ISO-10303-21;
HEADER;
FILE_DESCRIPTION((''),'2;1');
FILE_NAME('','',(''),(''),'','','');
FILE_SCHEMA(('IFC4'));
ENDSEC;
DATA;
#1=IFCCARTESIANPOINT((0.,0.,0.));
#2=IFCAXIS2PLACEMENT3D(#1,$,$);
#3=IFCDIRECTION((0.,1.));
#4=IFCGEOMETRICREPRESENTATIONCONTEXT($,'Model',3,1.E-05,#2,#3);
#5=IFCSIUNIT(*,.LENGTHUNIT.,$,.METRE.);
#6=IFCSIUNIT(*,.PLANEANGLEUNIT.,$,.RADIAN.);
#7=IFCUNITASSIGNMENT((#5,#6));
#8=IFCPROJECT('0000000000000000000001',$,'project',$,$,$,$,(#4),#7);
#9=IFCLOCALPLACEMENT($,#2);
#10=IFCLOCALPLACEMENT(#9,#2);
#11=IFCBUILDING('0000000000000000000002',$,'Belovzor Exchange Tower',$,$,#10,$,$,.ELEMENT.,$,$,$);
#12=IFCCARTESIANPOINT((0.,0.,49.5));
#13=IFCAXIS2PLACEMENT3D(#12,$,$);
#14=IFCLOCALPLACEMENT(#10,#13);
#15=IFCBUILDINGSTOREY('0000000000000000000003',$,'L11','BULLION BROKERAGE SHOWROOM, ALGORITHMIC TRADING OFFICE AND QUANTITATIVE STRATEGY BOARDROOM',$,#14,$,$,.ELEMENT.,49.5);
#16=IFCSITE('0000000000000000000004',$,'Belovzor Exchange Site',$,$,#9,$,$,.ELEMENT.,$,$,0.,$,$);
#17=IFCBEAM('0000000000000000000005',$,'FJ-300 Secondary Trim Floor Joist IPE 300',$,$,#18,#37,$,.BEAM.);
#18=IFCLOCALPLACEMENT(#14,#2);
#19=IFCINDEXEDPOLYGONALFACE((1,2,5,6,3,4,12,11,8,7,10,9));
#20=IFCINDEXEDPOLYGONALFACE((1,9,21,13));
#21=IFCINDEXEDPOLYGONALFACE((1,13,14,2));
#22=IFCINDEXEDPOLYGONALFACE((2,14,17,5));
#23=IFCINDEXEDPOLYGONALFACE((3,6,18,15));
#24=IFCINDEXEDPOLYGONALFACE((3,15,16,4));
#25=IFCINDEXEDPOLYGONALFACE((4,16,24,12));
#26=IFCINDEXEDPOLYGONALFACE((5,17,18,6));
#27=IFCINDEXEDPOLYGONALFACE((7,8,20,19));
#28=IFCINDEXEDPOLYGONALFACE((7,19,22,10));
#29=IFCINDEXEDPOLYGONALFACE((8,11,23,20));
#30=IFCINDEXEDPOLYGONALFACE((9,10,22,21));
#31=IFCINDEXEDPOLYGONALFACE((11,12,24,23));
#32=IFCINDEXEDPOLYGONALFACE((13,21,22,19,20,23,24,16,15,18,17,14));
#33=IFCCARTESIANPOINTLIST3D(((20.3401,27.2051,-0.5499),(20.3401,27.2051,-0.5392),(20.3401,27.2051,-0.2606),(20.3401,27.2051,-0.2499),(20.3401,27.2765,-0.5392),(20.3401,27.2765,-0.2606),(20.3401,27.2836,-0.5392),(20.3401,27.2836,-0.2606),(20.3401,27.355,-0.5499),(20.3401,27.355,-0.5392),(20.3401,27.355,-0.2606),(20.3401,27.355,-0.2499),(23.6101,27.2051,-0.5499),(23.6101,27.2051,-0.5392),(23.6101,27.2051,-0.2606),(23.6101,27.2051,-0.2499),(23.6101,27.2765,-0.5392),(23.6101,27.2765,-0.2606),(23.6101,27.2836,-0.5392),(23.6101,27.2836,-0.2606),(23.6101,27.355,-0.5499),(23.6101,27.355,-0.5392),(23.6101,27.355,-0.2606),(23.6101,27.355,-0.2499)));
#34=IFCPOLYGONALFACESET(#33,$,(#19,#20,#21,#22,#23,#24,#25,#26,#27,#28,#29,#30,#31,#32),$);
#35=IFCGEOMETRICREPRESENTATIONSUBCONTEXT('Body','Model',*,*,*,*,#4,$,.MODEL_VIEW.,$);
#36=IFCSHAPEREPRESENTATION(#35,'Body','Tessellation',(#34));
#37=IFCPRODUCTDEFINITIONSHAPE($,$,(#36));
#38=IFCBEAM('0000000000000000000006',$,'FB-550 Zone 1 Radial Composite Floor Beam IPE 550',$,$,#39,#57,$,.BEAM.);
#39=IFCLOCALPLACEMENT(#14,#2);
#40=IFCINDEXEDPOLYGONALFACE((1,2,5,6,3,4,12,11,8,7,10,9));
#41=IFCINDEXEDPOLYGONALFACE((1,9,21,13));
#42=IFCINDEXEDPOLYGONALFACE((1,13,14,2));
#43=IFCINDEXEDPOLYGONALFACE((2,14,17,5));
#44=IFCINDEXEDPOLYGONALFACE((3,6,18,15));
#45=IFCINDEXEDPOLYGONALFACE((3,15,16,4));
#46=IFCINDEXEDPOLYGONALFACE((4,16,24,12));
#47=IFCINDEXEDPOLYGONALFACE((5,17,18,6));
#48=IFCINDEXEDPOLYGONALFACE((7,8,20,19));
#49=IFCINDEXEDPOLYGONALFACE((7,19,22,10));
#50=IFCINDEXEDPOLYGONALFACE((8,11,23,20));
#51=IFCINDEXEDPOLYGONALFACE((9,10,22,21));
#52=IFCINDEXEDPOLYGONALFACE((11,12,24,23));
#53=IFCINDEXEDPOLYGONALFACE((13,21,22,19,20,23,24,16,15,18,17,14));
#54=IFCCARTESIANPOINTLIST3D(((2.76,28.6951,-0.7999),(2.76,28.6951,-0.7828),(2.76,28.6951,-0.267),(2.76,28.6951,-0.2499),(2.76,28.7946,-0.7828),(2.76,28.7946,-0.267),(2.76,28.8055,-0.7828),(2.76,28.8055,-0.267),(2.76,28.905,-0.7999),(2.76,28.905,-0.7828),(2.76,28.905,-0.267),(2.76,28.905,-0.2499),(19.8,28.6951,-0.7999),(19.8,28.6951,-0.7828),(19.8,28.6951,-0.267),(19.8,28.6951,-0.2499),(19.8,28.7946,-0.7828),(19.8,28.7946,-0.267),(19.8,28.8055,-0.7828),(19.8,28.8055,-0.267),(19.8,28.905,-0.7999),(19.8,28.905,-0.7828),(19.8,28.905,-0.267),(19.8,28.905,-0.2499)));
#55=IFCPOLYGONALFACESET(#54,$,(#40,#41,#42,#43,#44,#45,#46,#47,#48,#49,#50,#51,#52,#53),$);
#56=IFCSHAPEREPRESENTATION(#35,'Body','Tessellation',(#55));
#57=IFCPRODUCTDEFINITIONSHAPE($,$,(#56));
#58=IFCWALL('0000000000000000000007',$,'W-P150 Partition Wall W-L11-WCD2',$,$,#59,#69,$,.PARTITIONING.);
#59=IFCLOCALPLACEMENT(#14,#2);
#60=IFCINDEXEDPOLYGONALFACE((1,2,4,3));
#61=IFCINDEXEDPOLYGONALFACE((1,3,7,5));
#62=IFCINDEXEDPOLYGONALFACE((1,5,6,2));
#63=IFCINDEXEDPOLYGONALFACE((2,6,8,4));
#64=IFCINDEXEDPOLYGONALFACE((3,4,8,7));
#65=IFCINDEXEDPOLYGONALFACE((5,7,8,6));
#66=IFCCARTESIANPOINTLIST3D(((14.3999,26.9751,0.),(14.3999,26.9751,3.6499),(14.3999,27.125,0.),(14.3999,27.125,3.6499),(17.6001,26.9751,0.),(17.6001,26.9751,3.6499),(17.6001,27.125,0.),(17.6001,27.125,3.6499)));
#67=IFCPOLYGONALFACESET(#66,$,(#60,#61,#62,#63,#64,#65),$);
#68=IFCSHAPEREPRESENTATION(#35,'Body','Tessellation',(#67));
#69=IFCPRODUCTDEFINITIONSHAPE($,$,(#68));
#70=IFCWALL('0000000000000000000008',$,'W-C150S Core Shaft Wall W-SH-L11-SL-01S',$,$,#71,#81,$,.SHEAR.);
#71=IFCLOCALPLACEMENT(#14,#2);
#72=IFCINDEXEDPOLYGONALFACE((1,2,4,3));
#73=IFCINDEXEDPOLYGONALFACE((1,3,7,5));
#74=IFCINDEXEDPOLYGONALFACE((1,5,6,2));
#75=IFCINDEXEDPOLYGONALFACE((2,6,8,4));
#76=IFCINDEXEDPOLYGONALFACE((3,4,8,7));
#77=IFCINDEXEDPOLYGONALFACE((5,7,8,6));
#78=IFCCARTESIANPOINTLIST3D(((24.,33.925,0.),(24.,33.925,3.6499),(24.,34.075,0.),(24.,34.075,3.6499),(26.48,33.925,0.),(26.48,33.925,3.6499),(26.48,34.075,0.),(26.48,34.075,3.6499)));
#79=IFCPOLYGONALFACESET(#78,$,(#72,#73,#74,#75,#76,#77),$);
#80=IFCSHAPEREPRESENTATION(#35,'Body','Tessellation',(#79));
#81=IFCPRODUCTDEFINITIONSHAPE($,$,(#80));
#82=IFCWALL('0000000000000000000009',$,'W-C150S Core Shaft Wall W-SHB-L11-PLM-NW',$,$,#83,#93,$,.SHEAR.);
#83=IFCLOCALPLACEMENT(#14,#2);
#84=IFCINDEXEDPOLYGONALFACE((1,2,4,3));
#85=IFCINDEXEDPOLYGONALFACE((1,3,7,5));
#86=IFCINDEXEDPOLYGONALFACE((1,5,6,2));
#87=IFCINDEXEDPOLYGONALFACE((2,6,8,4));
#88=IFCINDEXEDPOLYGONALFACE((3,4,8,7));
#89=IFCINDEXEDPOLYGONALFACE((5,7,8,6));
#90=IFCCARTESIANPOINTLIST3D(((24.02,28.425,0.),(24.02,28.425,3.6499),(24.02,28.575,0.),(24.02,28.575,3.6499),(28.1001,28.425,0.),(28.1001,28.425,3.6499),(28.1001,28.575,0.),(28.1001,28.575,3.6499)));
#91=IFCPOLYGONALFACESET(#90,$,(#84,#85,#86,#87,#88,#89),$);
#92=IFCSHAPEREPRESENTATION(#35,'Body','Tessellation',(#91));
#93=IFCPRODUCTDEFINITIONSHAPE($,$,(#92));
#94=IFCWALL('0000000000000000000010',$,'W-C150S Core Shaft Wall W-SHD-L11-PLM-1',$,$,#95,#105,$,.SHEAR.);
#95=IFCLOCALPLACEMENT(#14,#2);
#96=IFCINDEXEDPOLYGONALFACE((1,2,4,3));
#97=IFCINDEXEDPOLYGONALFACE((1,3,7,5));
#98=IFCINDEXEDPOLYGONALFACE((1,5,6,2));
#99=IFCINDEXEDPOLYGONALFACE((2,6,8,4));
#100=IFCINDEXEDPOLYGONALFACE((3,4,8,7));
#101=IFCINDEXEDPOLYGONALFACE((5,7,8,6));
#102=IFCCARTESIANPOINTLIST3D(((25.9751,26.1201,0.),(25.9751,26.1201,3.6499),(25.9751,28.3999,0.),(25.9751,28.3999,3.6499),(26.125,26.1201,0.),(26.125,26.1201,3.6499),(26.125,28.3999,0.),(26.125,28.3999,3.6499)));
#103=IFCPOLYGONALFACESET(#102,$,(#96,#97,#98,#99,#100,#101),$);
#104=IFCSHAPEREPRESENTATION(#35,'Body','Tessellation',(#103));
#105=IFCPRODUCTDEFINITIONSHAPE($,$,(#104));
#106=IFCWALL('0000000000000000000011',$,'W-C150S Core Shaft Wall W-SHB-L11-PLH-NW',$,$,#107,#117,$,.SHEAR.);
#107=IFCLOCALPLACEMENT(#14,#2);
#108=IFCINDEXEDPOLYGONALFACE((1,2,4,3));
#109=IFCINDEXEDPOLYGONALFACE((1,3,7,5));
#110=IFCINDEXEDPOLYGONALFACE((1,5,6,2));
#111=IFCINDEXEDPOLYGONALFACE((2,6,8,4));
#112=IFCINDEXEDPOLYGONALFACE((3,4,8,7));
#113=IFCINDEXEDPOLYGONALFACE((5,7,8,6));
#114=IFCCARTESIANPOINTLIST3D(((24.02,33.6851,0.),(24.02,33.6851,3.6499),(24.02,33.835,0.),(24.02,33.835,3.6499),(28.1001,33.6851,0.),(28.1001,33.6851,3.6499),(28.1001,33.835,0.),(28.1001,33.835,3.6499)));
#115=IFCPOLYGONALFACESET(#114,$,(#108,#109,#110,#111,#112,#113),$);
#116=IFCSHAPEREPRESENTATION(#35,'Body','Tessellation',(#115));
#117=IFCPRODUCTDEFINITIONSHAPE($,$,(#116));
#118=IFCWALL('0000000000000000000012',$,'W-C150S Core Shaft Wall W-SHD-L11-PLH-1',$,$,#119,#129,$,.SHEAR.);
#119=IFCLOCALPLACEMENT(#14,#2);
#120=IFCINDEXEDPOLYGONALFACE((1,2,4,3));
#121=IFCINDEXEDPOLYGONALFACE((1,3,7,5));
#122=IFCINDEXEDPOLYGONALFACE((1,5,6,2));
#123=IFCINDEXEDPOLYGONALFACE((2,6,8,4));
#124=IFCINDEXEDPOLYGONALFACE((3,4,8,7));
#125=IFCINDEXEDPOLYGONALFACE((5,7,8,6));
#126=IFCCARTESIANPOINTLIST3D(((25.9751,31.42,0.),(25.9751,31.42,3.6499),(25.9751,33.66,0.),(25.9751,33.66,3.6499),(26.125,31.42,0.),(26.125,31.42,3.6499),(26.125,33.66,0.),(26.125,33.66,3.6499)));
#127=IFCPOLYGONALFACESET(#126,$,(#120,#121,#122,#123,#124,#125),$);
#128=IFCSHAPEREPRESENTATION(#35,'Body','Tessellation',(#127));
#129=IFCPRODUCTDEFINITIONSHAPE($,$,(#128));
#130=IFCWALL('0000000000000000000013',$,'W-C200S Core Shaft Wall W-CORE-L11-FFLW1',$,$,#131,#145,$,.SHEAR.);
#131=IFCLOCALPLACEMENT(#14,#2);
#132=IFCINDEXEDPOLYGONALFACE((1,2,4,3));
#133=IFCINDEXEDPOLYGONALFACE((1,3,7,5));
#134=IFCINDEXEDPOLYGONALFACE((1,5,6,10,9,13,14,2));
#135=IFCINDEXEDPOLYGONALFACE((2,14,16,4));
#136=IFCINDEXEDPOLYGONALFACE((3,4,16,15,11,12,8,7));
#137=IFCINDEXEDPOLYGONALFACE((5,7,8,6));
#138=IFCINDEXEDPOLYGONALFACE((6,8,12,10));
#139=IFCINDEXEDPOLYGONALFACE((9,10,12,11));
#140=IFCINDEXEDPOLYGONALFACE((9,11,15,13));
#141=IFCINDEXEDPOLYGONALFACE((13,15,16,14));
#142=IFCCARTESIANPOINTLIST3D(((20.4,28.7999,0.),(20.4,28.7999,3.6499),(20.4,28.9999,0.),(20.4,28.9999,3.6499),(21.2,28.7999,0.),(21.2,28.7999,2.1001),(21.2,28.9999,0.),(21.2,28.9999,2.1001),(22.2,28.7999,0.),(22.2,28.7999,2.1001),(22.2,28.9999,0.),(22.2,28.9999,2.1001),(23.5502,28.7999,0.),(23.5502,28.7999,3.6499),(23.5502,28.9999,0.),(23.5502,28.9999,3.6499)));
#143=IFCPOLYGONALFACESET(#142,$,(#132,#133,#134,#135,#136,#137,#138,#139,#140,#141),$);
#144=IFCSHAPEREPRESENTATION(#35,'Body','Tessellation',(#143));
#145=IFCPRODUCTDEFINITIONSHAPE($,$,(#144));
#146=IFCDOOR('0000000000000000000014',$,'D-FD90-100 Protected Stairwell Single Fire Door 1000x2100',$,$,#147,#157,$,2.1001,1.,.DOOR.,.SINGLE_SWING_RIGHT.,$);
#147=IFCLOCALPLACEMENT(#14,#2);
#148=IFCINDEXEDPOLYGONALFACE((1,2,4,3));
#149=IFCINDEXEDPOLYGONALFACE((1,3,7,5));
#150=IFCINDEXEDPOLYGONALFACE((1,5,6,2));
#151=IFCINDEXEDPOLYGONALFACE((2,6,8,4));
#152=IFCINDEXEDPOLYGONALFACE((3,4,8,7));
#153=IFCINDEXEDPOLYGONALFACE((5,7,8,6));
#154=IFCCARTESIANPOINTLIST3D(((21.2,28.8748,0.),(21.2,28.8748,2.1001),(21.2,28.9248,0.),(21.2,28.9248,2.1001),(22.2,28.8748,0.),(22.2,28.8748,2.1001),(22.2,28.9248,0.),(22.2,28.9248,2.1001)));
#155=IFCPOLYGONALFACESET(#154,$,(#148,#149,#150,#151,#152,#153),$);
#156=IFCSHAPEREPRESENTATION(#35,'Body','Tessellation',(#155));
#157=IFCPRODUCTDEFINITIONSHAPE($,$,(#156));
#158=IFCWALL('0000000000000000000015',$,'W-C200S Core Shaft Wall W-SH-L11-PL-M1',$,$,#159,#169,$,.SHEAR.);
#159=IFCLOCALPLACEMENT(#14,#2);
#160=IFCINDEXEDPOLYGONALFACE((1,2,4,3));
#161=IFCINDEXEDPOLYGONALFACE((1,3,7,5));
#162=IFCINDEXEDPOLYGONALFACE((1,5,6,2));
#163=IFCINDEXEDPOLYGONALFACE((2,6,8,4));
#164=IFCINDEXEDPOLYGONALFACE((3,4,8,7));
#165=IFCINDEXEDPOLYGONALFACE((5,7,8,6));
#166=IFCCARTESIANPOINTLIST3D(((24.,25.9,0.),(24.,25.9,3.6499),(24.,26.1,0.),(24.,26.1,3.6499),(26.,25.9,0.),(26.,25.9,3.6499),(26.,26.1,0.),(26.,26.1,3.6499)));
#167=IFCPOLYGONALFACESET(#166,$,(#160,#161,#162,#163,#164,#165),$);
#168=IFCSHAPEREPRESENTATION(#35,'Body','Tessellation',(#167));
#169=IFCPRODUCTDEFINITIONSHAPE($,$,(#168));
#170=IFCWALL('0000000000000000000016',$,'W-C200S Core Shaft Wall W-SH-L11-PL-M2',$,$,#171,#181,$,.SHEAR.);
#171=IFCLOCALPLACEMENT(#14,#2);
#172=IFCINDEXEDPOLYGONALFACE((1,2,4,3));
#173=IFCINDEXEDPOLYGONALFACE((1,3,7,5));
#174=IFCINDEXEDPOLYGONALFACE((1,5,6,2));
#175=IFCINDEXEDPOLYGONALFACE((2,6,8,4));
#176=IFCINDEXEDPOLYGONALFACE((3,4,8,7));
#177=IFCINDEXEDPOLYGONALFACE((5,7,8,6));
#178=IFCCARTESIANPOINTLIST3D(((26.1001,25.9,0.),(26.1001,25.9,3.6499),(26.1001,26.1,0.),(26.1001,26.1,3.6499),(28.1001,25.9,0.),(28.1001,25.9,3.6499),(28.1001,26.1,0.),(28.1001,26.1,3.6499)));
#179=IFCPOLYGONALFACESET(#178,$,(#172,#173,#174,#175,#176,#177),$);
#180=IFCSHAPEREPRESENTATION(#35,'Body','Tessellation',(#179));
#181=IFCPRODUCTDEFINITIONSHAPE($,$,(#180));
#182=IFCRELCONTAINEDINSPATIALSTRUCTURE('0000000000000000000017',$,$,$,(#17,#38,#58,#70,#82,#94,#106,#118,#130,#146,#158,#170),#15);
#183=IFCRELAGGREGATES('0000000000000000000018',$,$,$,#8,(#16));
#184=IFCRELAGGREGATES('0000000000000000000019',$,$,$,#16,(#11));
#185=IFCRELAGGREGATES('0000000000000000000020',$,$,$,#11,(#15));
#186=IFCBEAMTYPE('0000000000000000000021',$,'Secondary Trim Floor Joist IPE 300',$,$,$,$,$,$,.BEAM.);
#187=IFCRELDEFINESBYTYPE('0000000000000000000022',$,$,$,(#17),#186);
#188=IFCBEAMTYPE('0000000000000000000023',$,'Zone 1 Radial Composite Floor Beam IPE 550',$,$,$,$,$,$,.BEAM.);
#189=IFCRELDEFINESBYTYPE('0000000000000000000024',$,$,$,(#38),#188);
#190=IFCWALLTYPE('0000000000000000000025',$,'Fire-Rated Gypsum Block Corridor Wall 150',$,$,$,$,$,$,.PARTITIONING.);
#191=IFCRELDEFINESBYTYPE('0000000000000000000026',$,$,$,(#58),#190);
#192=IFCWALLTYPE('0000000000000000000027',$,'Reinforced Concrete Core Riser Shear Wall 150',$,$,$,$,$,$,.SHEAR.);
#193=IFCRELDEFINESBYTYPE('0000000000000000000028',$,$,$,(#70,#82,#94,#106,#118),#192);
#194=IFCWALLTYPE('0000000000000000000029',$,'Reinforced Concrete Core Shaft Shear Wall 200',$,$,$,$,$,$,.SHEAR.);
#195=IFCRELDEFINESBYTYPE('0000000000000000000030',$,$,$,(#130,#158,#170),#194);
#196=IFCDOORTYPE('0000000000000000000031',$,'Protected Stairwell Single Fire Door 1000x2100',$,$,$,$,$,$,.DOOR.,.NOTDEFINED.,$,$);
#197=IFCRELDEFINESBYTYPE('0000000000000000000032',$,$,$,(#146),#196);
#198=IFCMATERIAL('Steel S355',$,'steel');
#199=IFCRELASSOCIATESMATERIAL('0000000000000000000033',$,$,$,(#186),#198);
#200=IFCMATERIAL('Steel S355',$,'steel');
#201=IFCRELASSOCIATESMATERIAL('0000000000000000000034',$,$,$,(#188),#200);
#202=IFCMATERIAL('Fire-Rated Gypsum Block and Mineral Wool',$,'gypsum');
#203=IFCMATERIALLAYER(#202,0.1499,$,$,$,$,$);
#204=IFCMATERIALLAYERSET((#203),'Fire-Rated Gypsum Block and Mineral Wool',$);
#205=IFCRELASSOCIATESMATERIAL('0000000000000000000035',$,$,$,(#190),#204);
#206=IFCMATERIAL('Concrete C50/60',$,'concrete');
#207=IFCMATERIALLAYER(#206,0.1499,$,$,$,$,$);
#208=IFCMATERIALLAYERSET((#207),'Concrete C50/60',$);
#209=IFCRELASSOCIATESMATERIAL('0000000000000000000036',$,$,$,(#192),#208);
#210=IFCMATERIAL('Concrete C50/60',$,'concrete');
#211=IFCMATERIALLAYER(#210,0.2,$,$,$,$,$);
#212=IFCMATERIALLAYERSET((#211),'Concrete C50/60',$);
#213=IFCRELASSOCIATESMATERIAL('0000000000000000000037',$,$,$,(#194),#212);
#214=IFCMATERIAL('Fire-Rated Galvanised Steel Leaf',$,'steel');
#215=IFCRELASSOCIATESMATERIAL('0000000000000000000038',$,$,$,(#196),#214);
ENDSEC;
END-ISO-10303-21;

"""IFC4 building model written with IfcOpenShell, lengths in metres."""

from ifc_helpers import new_model, si_unit, direction, frame, frame_2d, origin, origin_2d, place, context, subcontext, project, spatial, rectangle, i_section, extrude, material, layer, layer_set, material_profile, profile_set, type_object, element, fill, save


model = new_model("IFC4")

# Units and contexts
model_context = context("Model", 3, precision=1e-05, world=origin(), true_north=direction((0.0, 1.0)))
body_context = subcontext(model_context, "Body", "Model", "MODEL_VIEW")
ifc_project = project(units=[si_unit("LENGTHUNIT", "METRE"), si_unit("PLANEANGLEUNIT", "RADIAN")], contexts=[model_context])

# Site, building, storey
site_placement = place(None, origin())
site = spatial("IfcSite", under=ifc_project, at=site_placement, Name="Belovzor Exchange Site", CompositionType="ELEMENT", RefElevation=0.0)
building_placement = place(site_placement, origin())
building = spatial("IfcBuilding", under=site, at=building_placement, Name="Belovzor Exchange Tower", CompositionType="ELEMENT")
storey_placement = place(building_placement, frame((0.0, 0.0, 49.5)))
storey = spatial("IfcBuildingStorey", under=building, at=storey_placement, Name="L11", Description="BULLION BROKERAGE SHOWROOM, ALGORITHMIC TRADING OFFICE AND QUANTITATIVE STRATEGY BOARDROOM", CompositionType="ELEMENT", Elevation=49.5)

# Beams
ifc_material_1 = material(Name="Steel S355", Category="steel")
ifc_material_profile_1 = material_profile(ifc_material_1, i_section(OverallWidth=0.1499, OverallDepth=0.3, WebThickness=0.0071, FlangeThickness=0.0107, at=origin_2d()))
ifc_profile_set_1 = profile_set([ifc_material_profile_1], Name="Steel S355")
beam_type_1 = type_object("IfcBeamType", Name="Secondary Trim Floor Joist IPE 300", PredefinedType="BEAM", material=ifc_profile_set_1)
beam_1_placement = place(storey_placement, frame((20.3401, 27.28, -0.3999), z_axis=(1.0, 0.0, 0.0), x_axis=(0.0, 1.0, 0.0)))
element("IfcBeam", 1, at=beam_1_placement, inside=storey, type_object=beam_type_1, Name="FJ-300 Secondary Trim Floor Joist IPE 300", PredefinedType="BEAM", context=body_context, shape_type="SweptSolid", body=[
    extrude(i_section(OverallWidth=0.1499, OverallDepth=0.3, WebThickness=0.0071, FlangeThickness=0.0107, at=origin_2d()), origin(), (0.0, 0.0, 1.0), 3.27),
])
ifc_material_2 = material(Name="Steel S355", Category="steel")
ifc_material_profile_2 = material_profile(ifc_material_2, i_section(OverallWidth=0.21, OverallDepth=0.55, WebThickness=0.011, FlangeThickness=0.0171, at=origin_2d()))
ifc_profile_set_2 = profile_set([ifc_material_profile_2], Name="Steel S355")
beam_type_2 = type_object("IfcBeamType", Name="Zone 1 Radial Composite Floor Beam IPE 550", PredefinedType="BEAM", material=ifc_profile_set_2)
beam_2_placement = place(storey_placement, frame((19.8, 28.8, -0.5249), z_axis=(-1.0, 0.0, 0.0), x_axis=(0.0, -1.0, 0.0)))
element("IfcBeam", 2, at=beam_2_placement, inside=storey, type_object=beam_type_2, Name="FB-550 Zone 1 Radial Composite Floor Beam IPE 550", PredefinedType="BEAM", context=body_context, shape_type="SweptSolid", body=[
    extrude(i_section(OverallWidth=0.21, OverallDepth=0.55, WebThickness=0.011, FlangeThickness=0.0171, at=origin_2d()), origin(), (0.0, 0.0, 1.0), 17.04),
])

# Walls
ifc_material_3 = material(Name="Fire-Rated Gypsum Block and Mineral Wool", Category="gypsum")
ifc_layer_1 = layer(ifc_material_3, 0.1499)
ifc_layer_set_1 = layer_set([ifc_layer_1], Name="Fire-Rated Gypsum Block and Mineral Wool")
wall_type_1 = type_object("IfcWallType", Name="Fire-Rated Gypsum Block Corridor Wall 150", PredefinedType="PARTITIONING", material=ifc_layer_set_1)
wall_1_placement = place(storey_placement, frame((14.3999, 27.05, 0.0), z_axis=(0.0, 0.0, 1.0), x_axis=(1.0, 0.0, 0.0)))
element("IfcWall", 3, at=wall_1_placement, inside=storey, type_object=wall_type_1, Name="W-P150 Partition Wall W-L11-WCD2", PredefinedType="PARTITIONING", context=body_context, shape_type="SweptSolid", body=[
    extrude(rectangle(XDim=3.2002, YDim=0.1499, at=frame_2d((1.6001, 0.0))), origin(), (0.0, 0.0, 1.0), 3.6499),
])
ifc_material_4 = material(Name="Concrete C50/60", Category="concrete")
ifc_layer_2 = layer(ifc_material_4, 0.1499)
ifc_layer_set_2 = layer_set([ifc_layer_2], Name="Concrete C50/60")
wall_type_2 = type_object("IfcWallType", Name="Reinforced Concrete Core Riser Shear Wall 150", PredefinedType="SHEAR", material=ifc_layer_set_2)
wall_2_placement = place(storey_placement, frame((24.0, 34.0, 0.0), z_axis=(0.0, 0.0, 1.0), x_axis=(1.0, 0.0, 0.0)))
element("IfcWall", 4, at=wall_2_placement, inside=storey, type_object=wall_type_2, Name="W-C150S Core Shaft Wall W-SH-L11-SL-01S", PredefinedType="SHEAR", context=body_context, shape_type="SweptSolid", body=[
    extrude(rectangle(XDim=2.48, YDim=0.1499, at=frame_2d((1.24, 0.0))), origin(), (0.0, 0.0, 1.0), 3.6499),
])
wall_3_placement = place(storey_placement, frame((24.02, 28.5, 0.0), z_axis=(0.0, 0.0, 1.0), x_axis=(1.0, 0.0, 0.0)))
element("IfcWall", 5, at=wall_3_placement, inside=storey, type_object=wall_type_2, Name="W-C150S Core Shaft Wall W-SHB-L11-PLM-NW", PredefinedType="SHEAR", context=body_context, shape_type="SweptSolid", body=[
    extrude(rectangle(XDim=4.0801, YDim=0.1499, at=frame_2d((2.04, 0.0))), origin(), (0.0, 0.0, 1.0), 3.6499),
])
wall_4_placement = place(storey_placement, frame((26.05, 26.1201, 0.0), z_axis=(0.0, 0.0, 1.0), x_axis=(0.0, 1.0, 0.0)))
element("IfcWall", 6, at=wall_4_placement, inside=storey, type_object=wall_type_2, Name="W-C150S Core Shaft Wall W-SHD-L11-PLM-1", PredefinedType="SHEAR", context=body_context, shape_type="SweptSolid", body=[
    extrude(rectangle(XDim=2.2798, YDim=0.1499, at=frame_2d((1.1399, 0.0))), origin(), (0.0, 0.0, 1.0), 3.6499),
])
wall_5_placement = place(storey_placement, frame((24.02, 33.76, 0.0), z_axis=(0.0, 0.0, 1.0), x_axis=(1.0, 0.0, 0.0)))
element("IfcWall", 7, at=wall_5_placement, inside=storey, type_object=wall_type_2, Name="W-C150S Core Shaft Wall W-SHB-L11-PLH-NW", PredefinedType="SHEAR", context=body_context, shape_type="SweptSolid", body=[
    extrude(rectangle(XDim=4.0801, YDim=0.1499, at=frame_2d((2.04, 0.0))), origin(), (0.0, 0.0, 1.0), 3.6499),
])
wall_6_placement = place(storey_placement, frame((26.05, 31.4199, 0.0), z_axis=(0.0, 0.0, 1.0), x_axis=(0.0, 1.0, 0.0)))
element("IfcWall", 8, at=wall_6_placement, inside=storey, type_object=wall_type_2, Name="W-C150S Core Shaft Wall W-SHD-L11-PLH-1", PredefinedType="SHEAR", context=body_context, shape_type="SweptSolid", body=[
    extrude(rectangle(XDim=2.24, YDim=0.1499, at=frame_2d((1.1201, 0.0))), origin(), (0.0, 0.0, 1.0), 3.6499),
])

# Wall, opening, door
ifc_material_5 = material(Name="Concrete C50/60", Category="concrete")
ifc_layer_3 = layer(ifc_material_5, 0.2)
ifc_layer_set_3 = layer_set([ifc_layer_3], Name="Concrete C50/60")
wall_type_3 = type_object("IfcWallType", Name="Reinforced Concrete Core Shaft Shear Wall 200", PredefinedType="SHEAR", material=ifc_layer_set_3)
wall_7_placement = place(storey_placement, frame((20.3999, 28.8999, 0.0), z_axis=(0.0, 0.0, 1.0), x_axis=(1.0, 0.0, 0.0)))
wall_7 = element("IfcWall", 9, at=wall_7_placement, inside=storey, type_object=wall_type_3, Name="W-C200S Core Shaft Wall W-CORE-L11-FFLW1", PredefinedType="SHEAR", context=body_context, shape_type="SweptSolid", body=[
    extrude(rectangle(XDim=3.1501, YDim=0.2, at=frame_2d((1.5752, 0.0))), origin(), (0.0, 0.0, 1.0), 3.6499),
])
opening_1_placement = place(wall_7_placement, frame((0.8, 0.0, 0.0)))
opening_1 = element("IfcOpeningElement", 10, at=opening_1_placement, cuts=wall_7, PredefinedType="OPENING", context=body_context, shape_type="SweptSolid", body=[
    extrude(rectangle(XDim=1.0, YDim=2.1001, at=frame_2d((0.5, 1.05))), frame((0.0, 0.1099, 0.0), z_axis=(0.0, -1.0, 0.0), x_axis=(1.0, 0.0, 0.0)), (0.0, 0.0, 1.0), 0.22),
])
ifc_material_6 = material(Name="Fire-Rated Galvanised Steel Leaf", Category="steel")
door_type_1 = type_object("IfcDoorType", Name="Protected Stairwell Single Fire Door 1000x2100", OperationType="NOTDEFINED", PredefinedType="DOOR", material=ifc_material_6)
door_1_placement = place(opening_1_placement, origin())
door_1 = element("IfcDoor", 11, at=door_1_placement, inside=storey, type_object=door_type_1, Name="D-FD90-100 Protected Stairwell Single Fire Door 1000x2100", OperationType="SINGLE_SWING_RIGHT", OverallHeight=2.1001, OverallWidth=1.0, PredefinedType="DOOR", context=body_context, shape_type="SweptSolid", body=[
    extrude(rectangle(XDim=1.0, YDim=2.1001, at=frame_2d((0.5, 1.05))), frame((0.0, 0.0249, 0.0), z_axis=(0.0, -1.0, 0.0), x_axis=(1.0, 0.0, 0.0)), (0.0, 0.0, 1.0), 0.05),
])
fill(opening_1, door_1)

# Walls
for number, where, z_axis, x_axis, name in (
    (12, (24.0, 26.0, 0.0), (0.0, 0.0, 1.0), (1.0, 0.0, 0.0), "W-C200S Core Shaft Wall W-SH-L11-PL-M1"),
    (13, (26.1001, 26.0, 0.0), (0.0, 0.0, 1.0), (1.0, 0.0, 0.0), "W-C200S Core Shaft Wall W-SH-L11-PL-M2"),
):
    element("IfcWall", number, at=place(storey_placement, frame(where, z_axis=z_axis, x_axis=x_axis)), inside=storey, type_object=wall_type_3, Name=name, PredefinedType="SHEAR", context=body_context, shape_type="SweptSolid", body=[
        extrude(rectangle(XDim=2.0, YDim=0.2, at=frame_2d((1.0, 0.0))), origin(), (0.0, 0.0, 1.0), 3.6499),
    ])

save(model, "model.ifc")
